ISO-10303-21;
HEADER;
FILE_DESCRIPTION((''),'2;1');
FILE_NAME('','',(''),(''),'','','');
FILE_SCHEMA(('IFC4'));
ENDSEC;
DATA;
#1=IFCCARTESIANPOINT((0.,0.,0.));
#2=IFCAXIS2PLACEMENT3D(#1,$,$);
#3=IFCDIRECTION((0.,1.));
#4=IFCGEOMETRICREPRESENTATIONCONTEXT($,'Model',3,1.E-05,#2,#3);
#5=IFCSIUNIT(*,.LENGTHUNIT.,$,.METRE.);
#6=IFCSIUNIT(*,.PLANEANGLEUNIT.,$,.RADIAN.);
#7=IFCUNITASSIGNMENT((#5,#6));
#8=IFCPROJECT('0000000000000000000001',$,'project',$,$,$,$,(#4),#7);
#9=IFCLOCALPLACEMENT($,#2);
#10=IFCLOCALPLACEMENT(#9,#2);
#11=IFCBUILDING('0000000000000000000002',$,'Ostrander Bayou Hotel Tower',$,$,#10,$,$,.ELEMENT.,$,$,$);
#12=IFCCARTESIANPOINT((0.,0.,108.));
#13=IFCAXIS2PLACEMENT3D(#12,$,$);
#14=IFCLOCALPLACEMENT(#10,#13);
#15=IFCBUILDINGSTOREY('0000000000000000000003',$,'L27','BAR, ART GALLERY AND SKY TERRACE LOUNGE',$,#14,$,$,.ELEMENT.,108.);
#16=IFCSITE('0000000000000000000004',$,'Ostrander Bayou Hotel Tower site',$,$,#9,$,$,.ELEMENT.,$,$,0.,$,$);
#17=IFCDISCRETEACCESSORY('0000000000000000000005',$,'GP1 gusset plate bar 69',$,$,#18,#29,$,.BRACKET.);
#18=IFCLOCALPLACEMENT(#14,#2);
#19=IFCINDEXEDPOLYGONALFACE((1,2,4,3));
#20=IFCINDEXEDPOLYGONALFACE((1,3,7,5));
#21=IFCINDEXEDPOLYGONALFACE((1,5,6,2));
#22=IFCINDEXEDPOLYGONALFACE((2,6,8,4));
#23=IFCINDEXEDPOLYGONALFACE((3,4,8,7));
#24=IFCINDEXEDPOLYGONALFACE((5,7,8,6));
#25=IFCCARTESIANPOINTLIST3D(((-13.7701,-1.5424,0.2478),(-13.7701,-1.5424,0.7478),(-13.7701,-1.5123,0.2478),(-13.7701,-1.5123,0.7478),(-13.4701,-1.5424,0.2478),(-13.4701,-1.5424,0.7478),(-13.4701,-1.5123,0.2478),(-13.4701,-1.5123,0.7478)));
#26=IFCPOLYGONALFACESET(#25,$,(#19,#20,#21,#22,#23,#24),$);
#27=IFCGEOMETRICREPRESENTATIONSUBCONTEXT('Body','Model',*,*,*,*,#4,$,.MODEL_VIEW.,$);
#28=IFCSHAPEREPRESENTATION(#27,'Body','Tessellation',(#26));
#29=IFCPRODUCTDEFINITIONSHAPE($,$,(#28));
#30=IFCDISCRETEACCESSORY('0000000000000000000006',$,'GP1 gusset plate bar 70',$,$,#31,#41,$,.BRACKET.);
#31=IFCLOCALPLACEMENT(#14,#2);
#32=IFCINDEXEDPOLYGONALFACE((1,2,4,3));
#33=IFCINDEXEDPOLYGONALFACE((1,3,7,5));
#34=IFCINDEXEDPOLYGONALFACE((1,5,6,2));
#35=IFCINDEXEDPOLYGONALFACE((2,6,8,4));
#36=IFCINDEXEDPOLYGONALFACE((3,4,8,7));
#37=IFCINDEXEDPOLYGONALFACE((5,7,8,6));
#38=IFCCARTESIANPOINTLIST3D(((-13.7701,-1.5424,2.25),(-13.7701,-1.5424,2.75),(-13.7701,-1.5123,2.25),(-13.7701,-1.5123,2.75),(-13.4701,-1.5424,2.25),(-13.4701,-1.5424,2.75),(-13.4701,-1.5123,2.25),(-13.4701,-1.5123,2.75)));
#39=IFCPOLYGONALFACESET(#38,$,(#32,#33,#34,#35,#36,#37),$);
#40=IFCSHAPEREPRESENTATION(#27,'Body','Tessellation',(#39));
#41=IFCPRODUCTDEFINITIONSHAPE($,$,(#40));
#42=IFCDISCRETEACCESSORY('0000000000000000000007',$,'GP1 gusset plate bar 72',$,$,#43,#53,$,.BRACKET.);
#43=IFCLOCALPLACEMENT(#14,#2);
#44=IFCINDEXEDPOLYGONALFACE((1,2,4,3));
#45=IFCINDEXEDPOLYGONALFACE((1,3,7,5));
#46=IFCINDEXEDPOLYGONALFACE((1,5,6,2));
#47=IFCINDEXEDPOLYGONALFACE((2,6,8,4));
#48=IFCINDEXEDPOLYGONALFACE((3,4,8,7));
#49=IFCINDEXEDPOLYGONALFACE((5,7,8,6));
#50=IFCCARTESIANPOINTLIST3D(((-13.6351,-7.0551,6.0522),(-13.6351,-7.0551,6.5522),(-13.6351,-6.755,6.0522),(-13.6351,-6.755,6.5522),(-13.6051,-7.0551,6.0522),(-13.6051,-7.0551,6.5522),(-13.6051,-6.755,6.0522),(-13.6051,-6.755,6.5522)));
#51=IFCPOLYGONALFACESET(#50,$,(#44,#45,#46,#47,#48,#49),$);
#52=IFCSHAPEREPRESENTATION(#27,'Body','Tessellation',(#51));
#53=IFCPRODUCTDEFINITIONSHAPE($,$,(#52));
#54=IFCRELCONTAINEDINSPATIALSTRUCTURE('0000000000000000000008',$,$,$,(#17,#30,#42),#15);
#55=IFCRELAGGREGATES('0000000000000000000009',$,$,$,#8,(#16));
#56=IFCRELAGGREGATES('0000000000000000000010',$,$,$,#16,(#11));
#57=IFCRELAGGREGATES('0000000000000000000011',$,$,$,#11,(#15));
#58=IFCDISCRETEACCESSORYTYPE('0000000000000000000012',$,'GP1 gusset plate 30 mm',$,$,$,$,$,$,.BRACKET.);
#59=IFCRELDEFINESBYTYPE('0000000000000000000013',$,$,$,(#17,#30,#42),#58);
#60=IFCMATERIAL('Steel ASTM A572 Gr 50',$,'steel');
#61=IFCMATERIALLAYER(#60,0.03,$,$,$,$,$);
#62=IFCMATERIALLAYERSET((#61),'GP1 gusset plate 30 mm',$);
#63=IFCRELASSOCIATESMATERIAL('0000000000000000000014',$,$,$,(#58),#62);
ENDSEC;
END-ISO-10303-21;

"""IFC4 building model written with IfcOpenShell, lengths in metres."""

from ifc_helpers import new_model, si_unit, direction, frame, origin, origin_2d, place, context, subcontext, project, spatial, rectangle, extrude, material, layer, layer_set, type_object, element, save


model = new_model("IFC4")

# Units and contexts
model_context = context("Model", 3, precision=1e-05, world=origin(), true_north=direction((0.0, 1.0)))
body_context = subcontext(model_context, "Body", "Model", "MODEL_VIEW")
ifc_project = project(units=[si_unit("LENGTHUNIT", "METRE"), si_unit("PLANEANGLEUNIT", "RADIAN")], contexts=[model_context])

# Site, building, storey
site_placement = place(None, origin())
site = spatial("IfcSite", under=ifc_project, at=site_placement, Name="Ostrander Bayou Hotel Tower site", CompositionType="ELEMENT", RefElevation=0.0)
building_placement = place(site_placement, origin())
building = spatial("IfcBuilding", under=site, at=building_placement, Name="Ostrander Bayou Hotel Tower", CompositionType="ELEMENT")
storey_placement = place(building_placement, frame((0.0, 0.0, 108.0)))
storey = spatial("IfcBuildingStorey", under=building, at=storey_placement, Name="L27", Description="BAR, ART GALLERY AND SKY TERRACE LOUNGE", CompositionType="ELEMENT", Elevation=108.0)

# Discrete accessories
ifc_material_1 = material(Name="Steel ASTM A572 Gr 50", Category="steel")
ifc_layer_1 = layer(ifc_material_1, 0.03)
ifc_layer_set_1 = layer_set([ifc_layer_1], Name="GP1 gusset plate 30 mm")
discrete_accessory_type = type_object("IfcDiscreteAccessoryType", Name="GP1 gusset plate 30 mm", PredefinedType="BRACKET", material=ifc_layer_set_1)
for number, where, z_axis, x_axis, name in (
    (1, (-13.6201, -1.5273, 0.2478), (0.0, 0.0, 1.0), (1.0, 0.0, 0.0), "GP1 gusset plate bar 69"),
    (2, (-13.6201, -1.5273, 2.25), (0.0, 0.0, 1.0), (1.0, 0.0, 0.0), "GP1 gusset plate bar 70"),
    (3, (-13.6201, -6.905, 6.0522), (0.0, 0.0, 1.0), (0.0, 1.0, 0.0), "GP1 gusset plate bar 72"),
):
    element("IfcDiscreteAccessory", number, at=place(storey_placement, frame(where, z_axis=z_axis, x_axis=x_axis)), inside=storey, type_object=discrete_accessory_type, Name=name, PredefinedType="BRACKET", context=body_context, shape_type="SweptSolid", body=[
        extrude(rectangle(XDim=0.3, YDim=0.03, at=origin_2d()), origin(), (0.0, 0.0, 1.0), 0.5),
    ])

save(model, "model.ifc")
